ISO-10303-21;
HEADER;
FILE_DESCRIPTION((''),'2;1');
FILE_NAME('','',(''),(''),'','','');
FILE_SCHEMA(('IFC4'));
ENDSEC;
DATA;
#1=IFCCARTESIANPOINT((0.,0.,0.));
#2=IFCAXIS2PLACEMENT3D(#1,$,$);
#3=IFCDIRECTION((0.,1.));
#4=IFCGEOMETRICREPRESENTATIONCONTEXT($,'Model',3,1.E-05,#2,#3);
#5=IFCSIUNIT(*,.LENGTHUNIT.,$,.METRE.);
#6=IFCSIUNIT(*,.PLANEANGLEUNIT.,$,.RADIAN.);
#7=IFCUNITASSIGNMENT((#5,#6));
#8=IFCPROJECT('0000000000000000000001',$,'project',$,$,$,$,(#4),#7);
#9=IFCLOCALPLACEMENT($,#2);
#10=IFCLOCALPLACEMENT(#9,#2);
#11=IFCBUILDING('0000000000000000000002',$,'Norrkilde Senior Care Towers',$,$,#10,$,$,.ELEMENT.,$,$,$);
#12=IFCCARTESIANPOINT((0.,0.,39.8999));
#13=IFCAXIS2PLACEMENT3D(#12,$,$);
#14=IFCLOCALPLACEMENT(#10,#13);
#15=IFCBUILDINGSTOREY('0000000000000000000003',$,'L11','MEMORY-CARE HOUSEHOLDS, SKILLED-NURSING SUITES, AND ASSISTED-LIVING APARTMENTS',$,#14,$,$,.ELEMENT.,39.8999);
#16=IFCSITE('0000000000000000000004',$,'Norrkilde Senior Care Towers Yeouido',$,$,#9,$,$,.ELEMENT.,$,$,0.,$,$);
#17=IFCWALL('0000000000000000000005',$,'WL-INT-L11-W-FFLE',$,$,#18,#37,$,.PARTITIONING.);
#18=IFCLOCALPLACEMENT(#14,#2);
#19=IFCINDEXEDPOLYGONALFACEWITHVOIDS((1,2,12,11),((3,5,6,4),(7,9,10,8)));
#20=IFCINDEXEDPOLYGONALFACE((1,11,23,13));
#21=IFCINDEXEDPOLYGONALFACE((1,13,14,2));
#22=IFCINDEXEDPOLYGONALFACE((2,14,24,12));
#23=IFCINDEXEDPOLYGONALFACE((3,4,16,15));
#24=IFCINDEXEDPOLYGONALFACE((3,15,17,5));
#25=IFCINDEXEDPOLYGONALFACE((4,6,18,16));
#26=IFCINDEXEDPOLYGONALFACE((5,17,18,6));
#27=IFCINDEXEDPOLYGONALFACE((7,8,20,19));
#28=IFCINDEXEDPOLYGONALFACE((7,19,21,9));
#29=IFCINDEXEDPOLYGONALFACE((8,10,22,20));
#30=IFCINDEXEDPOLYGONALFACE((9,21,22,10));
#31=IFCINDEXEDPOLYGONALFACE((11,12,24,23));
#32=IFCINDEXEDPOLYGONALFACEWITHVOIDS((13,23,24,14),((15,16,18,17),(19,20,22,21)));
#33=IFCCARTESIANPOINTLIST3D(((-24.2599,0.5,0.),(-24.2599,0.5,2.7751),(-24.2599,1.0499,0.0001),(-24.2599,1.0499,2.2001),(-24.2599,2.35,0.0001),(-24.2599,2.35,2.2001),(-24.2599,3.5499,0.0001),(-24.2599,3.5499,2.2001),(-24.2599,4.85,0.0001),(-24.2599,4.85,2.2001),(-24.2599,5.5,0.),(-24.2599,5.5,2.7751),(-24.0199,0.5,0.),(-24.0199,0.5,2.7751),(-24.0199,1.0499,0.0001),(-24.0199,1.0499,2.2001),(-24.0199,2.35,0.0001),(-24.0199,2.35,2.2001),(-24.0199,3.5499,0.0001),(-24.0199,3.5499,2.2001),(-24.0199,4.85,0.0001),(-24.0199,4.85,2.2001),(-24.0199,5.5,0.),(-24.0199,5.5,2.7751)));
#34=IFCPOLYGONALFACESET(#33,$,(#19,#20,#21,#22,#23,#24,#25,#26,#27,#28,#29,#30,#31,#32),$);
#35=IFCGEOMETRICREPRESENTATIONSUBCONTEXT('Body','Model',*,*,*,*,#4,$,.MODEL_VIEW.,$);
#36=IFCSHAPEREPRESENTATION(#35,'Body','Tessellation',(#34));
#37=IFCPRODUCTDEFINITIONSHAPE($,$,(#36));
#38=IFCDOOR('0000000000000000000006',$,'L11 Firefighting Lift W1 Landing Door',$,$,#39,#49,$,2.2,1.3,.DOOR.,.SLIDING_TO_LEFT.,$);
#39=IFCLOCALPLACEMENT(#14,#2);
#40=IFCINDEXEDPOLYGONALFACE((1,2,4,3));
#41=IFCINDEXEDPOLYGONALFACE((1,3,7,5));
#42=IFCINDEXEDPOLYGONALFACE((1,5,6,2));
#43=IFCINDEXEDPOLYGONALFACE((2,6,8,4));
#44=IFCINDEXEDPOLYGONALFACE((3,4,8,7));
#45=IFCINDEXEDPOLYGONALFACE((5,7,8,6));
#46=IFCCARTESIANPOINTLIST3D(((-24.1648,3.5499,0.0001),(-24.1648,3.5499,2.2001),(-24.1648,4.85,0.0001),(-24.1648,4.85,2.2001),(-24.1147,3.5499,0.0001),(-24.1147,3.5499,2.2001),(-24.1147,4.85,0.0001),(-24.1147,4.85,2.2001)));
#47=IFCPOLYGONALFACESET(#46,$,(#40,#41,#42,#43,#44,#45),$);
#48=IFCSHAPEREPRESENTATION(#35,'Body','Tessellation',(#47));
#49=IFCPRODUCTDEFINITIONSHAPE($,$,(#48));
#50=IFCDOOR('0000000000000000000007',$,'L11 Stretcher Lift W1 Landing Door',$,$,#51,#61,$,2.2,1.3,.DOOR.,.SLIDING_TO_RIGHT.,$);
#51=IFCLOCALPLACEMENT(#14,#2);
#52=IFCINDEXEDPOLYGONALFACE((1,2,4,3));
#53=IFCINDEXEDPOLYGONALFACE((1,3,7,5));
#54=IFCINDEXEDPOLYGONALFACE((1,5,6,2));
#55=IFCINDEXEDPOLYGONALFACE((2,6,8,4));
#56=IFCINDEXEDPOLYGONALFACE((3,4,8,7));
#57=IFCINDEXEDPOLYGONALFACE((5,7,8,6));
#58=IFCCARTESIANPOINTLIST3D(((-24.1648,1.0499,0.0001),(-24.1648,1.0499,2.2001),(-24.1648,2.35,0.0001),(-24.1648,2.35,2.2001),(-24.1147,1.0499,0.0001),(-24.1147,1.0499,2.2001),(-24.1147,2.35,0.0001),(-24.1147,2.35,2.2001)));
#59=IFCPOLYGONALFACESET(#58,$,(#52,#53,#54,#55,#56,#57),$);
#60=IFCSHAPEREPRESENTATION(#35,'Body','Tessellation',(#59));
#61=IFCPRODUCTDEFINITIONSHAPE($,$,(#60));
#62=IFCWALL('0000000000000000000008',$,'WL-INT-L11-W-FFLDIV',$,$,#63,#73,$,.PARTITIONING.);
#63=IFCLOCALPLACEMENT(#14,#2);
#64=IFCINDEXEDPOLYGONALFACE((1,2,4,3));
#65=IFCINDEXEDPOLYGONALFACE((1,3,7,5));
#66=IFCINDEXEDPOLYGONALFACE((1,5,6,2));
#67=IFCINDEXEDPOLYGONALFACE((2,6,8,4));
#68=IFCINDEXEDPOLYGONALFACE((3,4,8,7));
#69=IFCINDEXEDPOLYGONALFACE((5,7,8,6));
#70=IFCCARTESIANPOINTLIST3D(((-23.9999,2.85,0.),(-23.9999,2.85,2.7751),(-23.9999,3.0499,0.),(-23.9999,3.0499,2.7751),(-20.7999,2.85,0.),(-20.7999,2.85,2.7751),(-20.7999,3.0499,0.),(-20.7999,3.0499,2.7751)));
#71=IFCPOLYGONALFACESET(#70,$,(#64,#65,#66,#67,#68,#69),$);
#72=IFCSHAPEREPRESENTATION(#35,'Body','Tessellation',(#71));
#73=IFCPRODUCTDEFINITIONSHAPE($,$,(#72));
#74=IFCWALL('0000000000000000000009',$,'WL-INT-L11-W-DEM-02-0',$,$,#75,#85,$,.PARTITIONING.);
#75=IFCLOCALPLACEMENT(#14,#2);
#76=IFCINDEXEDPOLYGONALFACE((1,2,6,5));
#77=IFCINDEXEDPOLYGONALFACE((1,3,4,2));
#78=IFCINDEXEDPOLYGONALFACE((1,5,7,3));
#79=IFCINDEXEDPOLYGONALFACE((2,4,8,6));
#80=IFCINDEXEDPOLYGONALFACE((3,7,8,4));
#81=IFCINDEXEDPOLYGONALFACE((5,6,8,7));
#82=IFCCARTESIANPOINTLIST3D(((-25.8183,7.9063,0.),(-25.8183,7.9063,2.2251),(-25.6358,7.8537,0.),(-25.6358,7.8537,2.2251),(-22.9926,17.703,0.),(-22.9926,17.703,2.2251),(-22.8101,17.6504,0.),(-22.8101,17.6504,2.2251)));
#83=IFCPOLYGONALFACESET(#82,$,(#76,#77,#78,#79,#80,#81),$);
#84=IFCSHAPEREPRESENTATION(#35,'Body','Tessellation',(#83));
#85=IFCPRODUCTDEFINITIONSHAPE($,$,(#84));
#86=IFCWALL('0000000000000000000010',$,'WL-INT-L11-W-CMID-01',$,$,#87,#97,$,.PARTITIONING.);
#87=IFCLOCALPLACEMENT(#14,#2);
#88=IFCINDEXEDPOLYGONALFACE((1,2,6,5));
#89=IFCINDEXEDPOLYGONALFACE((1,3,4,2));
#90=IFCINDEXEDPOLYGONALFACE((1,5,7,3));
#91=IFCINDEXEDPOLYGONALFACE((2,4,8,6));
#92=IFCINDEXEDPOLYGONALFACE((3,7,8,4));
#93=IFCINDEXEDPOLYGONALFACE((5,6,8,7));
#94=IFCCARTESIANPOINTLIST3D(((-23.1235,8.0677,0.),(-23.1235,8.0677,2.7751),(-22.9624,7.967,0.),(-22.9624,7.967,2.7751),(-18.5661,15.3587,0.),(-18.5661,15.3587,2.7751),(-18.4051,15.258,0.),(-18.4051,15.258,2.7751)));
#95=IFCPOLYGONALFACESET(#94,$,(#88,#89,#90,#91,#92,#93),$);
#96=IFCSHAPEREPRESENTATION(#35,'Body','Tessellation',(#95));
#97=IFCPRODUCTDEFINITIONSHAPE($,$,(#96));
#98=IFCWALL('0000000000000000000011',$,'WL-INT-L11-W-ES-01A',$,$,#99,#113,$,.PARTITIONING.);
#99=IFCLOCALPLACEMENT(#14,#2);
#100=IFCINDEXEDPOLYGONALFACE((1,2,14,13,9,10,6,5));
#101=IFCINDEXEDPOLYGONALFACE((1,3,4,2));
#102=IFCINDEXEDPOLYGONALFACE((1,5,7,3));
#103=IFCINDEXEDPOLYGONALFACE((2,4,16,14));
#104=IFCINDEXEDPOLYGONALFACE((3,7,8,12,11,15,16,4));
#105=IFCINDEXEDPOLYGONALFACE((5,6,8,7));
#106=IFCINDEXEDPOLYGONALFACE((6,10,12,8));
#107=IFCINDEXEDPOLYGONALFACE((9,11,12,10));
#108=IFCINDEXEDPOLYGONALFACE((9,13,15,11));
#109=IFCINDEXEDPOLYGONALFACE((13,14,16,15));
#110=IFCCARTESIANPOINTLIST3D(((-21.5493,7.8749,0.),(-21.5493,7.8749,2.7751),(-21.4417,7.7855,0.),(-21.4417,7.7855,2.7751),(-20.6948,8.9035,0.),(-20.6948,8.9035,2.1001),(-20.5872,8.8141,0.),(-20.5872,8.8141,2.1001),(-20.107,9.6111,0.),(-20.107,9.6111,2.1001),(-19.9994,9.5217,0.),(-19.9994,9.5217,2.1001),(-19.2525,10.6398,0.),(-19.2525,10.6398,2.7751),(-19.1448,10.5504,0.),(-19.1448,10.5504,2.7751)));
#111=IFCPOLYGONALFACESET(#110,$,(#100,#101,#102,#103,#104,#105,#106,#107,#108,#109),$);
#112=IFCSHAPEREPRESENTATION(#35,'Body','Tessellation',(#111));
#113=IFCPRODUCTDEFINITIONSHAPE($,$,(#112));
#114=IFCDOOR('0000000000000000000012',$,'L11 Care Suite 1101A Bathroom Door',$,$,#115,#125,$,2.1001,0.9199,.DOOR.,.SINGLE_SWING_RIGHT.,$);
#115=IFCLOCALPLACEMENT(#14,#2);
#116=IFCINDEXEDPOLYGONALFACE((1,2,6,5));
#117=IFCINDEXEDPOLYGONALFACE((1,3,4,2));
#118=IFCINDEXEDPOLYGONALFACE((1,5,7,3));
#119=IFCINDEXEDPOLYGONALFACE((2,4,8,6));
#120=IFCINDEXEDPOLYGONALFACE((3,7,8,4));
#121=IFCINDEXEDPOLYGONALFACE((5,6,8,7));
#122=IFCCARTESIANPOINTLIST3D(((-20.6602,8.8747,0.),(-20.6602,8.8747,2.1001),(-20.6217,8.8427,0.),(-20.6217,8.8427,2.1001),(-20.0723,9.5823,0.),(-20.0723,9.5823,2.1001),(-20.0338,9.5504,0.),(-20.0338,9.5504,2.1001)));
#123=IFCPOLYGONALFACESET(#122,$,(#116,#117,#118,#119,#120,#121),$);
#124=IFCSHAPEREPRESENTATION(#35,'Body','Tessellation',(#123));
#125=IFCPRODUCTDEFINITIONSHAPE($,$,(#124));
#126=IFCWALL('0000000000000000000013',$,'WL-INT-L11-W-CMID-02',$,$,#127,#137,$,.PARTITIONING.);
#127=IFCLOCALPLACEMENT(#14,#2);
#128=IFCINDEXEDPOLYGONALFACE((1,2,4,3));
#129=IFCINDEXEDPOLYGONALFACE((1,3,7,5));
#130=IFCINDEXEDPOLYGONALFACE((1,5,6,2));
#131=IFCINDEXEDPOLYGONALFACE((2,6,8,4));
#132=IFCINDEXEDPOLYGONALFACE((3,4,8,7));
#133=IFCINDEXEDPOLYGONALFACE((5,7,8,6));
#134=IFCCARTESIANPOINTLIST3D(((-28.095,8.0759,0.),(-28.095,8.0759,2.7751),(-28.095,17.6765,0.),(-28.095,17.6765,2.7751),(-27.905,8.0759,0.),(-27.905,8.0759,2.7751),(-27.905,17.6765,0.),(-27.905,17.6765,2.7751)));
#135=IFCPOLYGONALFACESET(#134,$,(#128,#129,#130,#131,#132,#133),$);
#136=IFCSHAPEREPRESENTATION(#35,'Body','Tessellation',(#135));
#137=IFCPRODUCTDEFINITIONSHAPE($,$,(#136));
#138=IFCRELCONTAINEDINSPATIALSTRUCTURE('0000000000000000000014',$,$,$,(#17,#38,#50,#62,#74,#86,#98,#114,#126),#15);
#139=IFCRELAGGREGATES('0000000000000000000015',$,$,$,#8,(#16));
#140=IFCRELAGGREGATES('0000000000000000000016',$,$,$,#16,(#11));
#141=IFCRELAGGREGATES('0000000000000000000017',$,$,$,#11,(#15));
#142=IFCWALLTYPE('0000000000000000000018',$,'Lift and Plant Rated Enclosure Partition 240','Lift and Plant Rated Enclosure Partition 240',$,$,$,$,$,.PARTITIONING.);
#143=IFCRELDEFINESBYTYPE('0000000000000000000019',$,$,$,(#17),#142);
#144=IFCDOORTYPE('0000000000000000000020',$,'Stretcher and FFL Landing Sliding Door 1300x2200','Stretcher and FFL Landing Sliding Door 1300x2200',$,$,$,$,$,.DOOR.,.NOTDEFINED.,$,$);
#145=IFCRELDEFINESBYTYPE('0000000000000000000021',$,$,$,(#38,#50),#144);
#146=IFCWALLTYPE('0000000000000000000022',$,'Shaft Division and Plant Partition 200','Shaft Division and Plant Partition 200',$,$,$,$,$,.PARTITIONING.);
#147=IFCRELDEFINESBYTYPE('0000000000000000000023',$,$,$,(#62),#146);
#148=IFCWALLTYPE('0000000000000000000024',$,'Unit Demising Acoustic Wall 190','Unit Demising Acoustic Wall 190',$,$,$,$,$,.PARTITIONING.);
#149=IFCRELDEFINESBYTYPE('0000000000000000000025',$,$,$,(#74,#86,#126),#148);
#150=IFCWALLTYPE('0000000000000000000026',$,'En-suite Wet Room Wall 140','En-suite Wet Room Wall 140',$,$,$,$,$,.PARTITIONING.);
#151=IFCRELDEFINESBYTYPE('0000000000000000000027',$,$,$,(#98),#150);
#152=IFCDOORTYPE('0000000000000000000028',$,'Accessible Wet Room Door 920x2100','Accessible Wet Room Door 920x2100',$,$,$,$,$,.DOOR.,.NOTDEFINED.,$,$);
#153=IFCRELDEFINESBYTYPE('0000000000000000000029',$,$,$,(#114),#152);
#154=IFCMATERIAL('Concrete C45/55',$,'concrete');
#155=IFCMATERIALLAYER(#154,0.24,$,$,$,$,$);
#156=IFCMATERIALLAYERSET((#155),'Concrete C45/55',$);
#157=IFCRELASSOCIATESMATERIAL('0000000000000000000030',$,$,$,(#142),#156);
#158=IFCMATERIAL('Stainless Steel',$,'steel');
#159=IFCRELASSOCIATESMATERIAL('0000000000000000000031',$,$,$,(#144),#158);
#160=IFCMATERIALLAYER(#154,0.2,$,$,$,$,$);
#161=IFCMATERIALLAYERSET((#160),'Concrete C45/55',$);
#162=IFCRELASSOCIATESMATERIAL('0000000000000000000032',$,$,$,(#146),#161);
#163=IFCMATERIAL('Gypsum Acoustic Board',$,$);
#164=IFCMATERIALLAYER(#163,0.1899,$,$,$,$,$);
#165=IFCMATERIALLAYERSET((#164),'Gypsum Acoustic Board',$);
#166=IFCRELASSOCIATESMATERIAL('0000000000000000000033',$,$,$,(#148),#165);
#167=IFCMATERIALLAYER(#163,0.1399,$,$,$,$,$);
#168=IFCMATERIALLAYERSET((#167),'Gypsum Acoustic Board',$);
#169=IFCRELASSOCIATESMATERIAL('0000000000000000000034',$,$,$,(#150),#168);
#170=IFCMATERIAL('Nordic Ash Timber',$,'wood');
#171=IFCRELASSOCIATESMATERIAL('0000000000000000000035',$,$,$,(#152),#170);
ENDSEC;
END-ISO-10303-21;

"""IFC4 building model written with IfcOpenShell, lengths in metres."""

from ifc_helpers import new_model, si_unit, direction, frame, frame_2d, origin, place, context, subcontext, project, spatial, rectangle, extrude, source, transform, mapped, material, layer, layer_set, type_object, type_shapes, element, fill, save


model = new_model("IFC4")

# Units and contexts
model_context = context("Model", 3, precision=1e-05, world=origin(), true_north=direction((0.0, 1.0)))
body_context = subcontext(model_context, "Body", "Model", "MODEL_VIEW")
ifc_project = project(units=[si_unit("LENGTHUNIT", "METRE"), si_unit("PLANEANGLEUNIT", "RADIAN")], contexts=[model_context])

# Site, building, storey
site_placement = place(None, origin())
site = spatial("IfcSite", under=ifc_project, at=site_placement, Name="Norrkilde Senior Care Towers Yeouido", CompositionType="ELEMENT", RefElevation=0.0)
building_placement = place(site_placement, origin())
building = spatial("IfcBuilding", under=site, at=building_placement, Name="Norrkilde Senior Care Towers", CompositionType="ELEMENT")
storey_placement = place(building_placement, frame((0.0, 0.0, 39.8999)))
storey = spatial("IfcBuildingStorey", under=building, at=storey_placement, Name="L11", Description="MEMORY-CARE HOUSEHOLDS, SKILLED-NURSING SUITES, AND ASSISTED-LIVING APARTMENTS", CompositionType="ELEMENT", Elevation=39.8999)

# Shared definitions
ifc_material_1 = material(Name="Concrete C45/55", Category="concrete")

# Wall, openings, doors
ifc_layer_1 = layer(ifc_material_1, 0.24)
ifc_layer_set_1 = layer_set([ifc_layer_1], Name="Concrete C45/55")
wall_type_1 = type_object("IfcWallType", Name="Lift and Plant Rated Enclosure Partition 240", Description="Lift and Plant Rated Enclosure Partition 240", PredefinedType="PARTITIONING", material=ifc_layer_set_1)
shared_shape_1 = source(origin(), body_context, "Body", "SweptSolid", [
    extrude(rectangle(XDim=5.0, YDim=0.24, at=frame_2d((2.5, 0.0))), origin(), (0.0, 0.0, 1.0), 2.7751),
])
type_shapes(wall_type_1, [shared_shape_1])
wall_1_placement = place(storey_placement, frame((-24.1399, 0.5, 0.0), z_axis=(0.0, 0.0, 1.0), x_axis=(0.0, 1.0, 0.0)))
wall_1 = element("IfcWall", 1, at=wall_1_placement, inside=storey, type_object=wall_type_1, Name="WL-INT-L11-W-FFLE", PredefinedType="PARTITIONING", context=body_context, shape_type="MappedRepresentation", body=[
    mapped(shared_shape_1, transform((0.0, 0.0, 0.0), x_axis=(1.0, 0.0, 0.0), y_axis=(0.0, 1.0, 0.0), z_axis=(0.0, 0.0, 1.0), scale=1.0)),
])
opening_1_placement = place(wall_1_placement, frame((3.05, 0.0, 0.0)))
opening_1 = element("IfcOpeningElement", 2, at=opening_1_placement, cuts=wall_1, PredefinedType="OPENING", context=body_context, shape_type="SweptSolid", body=[
    extrude(rectangle(XDim=1.3, YDim=2.2, at=frame_2d((0.6499, 1.1001))), frame((0.0, 0.1299, 0.0), z_axis=(0.0, -1.0, 0.0), x_axis=(1.0, 0.0, 0.0)), (0.0, 0.0, 1.0), 0.26),
])
opening_2_placement = place(wall_1_placement, frame((0.55, 0.0, 0.0)))
opening_2 = element("IfcOpeningElement", 3, at=opening_2_placement, cuts=wall_1, PredefinedType="OPENING", context=body_context, shape_type="SweptSolid", body=[
    extrude(rectangle(XDim=1.3, YDim=2.2, at=frame_2d((0.6499, 1.1001))), frame((0.0, 0.1299, 0.0), z_axis=(0.0, -1.0, 0.0), x_axis=(1.0, 0.0, 0.0)), (0.0, 0.0, 1.0), 0.26),
])
ifc_material_2 = material(Name="Stainless Steel", Category="steel")
door_type_1 = type_object("IfcDoorType", Name="Stretcher and FFL Landing Sliding Door 1300x2200", Description="Stretcher and FFL Landing Sliding Door 1300x2200", OperationType="NOTDEFINED", PredefinedType="DOOR", material=ifc_material_2)
shared_shape_2 = source(origin(), body_context, "Body", "SweptSolid", [
    extrude(rectangle(XDim=1.3, YDim=2.2, at=frame_2d((0.6499, 1.1001))), frame((0.0, 0.0249, 0.0), z_axis=(0.0, -1.0, 0.0), x_axis=(1.0, 0.0, 0.0)), (0.0, 0.0, 1.0), 0.05),
])
type_shapes(door_type_1, [shared_shape_2])
door_1_placement = place(opening_1_placement, origin())
door_1 = element("IfcDoor", 4, at=door_1_placement, inside=storey, type_object=door_type_1, Name="L11 Firefighting Lift W1 Landing Door", OperationType="SLIDING_TO_LEFT", OverallHeight=2.2, OverallWidth=1.3, PredefinedType="DOOR", context=body_context, shape_type="MappedRepresentation", body=[
    mapped(shared_shape_2, transform((0.0, 0.0, 0.0), x_axis=(1.0, 0.0, 0.0), y_axis=(0.0, 1.0, 0.0), z_axis=(0.0, 0.0, 1.0), scale=1.0)),
])
fill(opening_1, door_1)
door_2_placement = place(opening_2_placement, origin())
door_2 = element("IfcDoor", 5, at=door_2_placement, inside=storey, type_object=door_type_1, Name="L11 Stretcher Lift W1 Landing Door", OperationType="SLIDING_TO_RIGHT", OverallHeight=2.2, OverallWidth=1.3, PredefinedType="DOOR", context=body_context, shape_type="MappedRepresentation", body=[
    mapped(shared_shape_2, transform((0.0, 0.0, 0.0), x_axis=(1.0, 0.0, 0.0), y_axis=(0.0, 1.0, 0.0), z_axis=(0.0, 0.0, 1.0), scale=1.0)),
])
fill(opening_2, door_2)

# Wall
ifc_layer_2 = layer(ifc_material_1, 0.2)
ifc_layer_set_2 = layer_set([ifc_layer_2], Name="Concrete C45/55")
wall_type_2 = type_object("IfcWallType", Name="Shaft Division and Plant Partition 200", Description="Shaft Division and Plant Partition 200", PredefinedType="PARTITIONING", material=ifc_layer_set_2)
shared_shape_3 = source(origin(), body_context, "Body", "SweptSolid", [
    extrude(rectangle(XDim=3.2, YDim=0.2, at=frame_2d((1.6001, 0.0))), origin(), (0.0, 0.0, 1.0), 2.7751),
])
type_shapes(wall_type_2, [shared_shape_3])
wall_2_placement = place(storey_placement, frame((-24.0, 2.95, 0.0), z_axis=(0.0, 0.0, 1.0), x_axis=(1.0, 0.0, 0.0)))
element("IfcWall", 6, at=wall_2_placement, inside=storey, type_object=wall_type_2, Name="WL-INT-L11-W-FFLDIV", PredefinedType="PARTITIONING", context=body_context, shape_type="MappedRepresentation", body=[
    mapped(shared_shape_3, transform((0.0, 0.0, 0.0), x_axis=(1.0, 0.0, 0.0), y_axis=(0.0, 1.0, 0.0), z_axis=(0.0, 0.0, 1.0), scale=1.0)),
])

# Walls
ifc_material_3 = material(Name="Gypsum Acoustic Board")
ifc_layer_3 = layer(ifc_material_3, 0.1899)
ifc_layer_set_3 = layer_set([ifc_layer_3], Name="Gypsum Acoustic Board")
wall_type_3 = type_object("IfcWallType", Name="Unit Demising Acoustic Wall 190", Description="Unit Demising Acoustic Wall 190", PredefinedType="PARTITIONING", material=ifc_layer_set_3)
shared_shape_4 = source(origin(), body_context, "Body", "SweptSolid", [
    extrude(rectangle(XDim=10.196, YDim=0.1899, at=frame_2d((5.0981, 0.0))), origin(), (0.0, 0.0, 1.0), 2.2251),
])
wall_3_placement = place(storey_placement, frame((-25.7271, 7.8799, 0.0), z_axis=(0.0, 0.0, 1.0), x_axis=(0.277136, 0.960831, 0.0)))
element("IfcWall", 7, at=wall_3_placement, inside=storey, type_object=wall_type_3, Name="WL-INT-L11-W-DEM-02-0", PredefinedType="PARTITIONING", context=body_context, shape_type="MappedRepresentation", body=[
    mapped(shared_shape_4, transform((0.0, 0.0, 0.0), x_axis=(1.0, 0.0, 0.0), y_axis=(0.0, 1.0, 0.0), z_axis=(0.0, 0.0, 1.0), scale=1.0)),
])
shared_shape_5 = source(origin(), body_context, "Body", "SweptSolid", [
    extrude(rectangle(XDim=8.5981, YDim=0.1899, at=frame_2d((4.2991, 0.0))), origin(), (0.0, 0.0, 1.0), 2.7751),
])
wall_4_placement = place(storey_placement, frame((-23.043, 8.0173, 0.0), z_axis=(0.0, 0.0, 1.0), x_axis=(0.53004, 0.847973, 0.0)))
element("IfcWall", 8, at=wall_4_placement, inside=storey, type_object=wall_type_3, Name="WL-INT-L11-W-CMID-01", PredefinedType="PARTITIONING", context=body_context, shape_type="MappedRepresentation", body=[
    mapped(shared_shape_5, transform((0.0, 0.0, 0.0), x_axis=(1.0, 0.0, 0.0), y_axis=(0.0, 1.0, 0.0), z_axis=(0.0, 0.0, 1.0), scale=1.0)),
])

# Wall, opening, door
ifc_layer_4 = layer(ifc_material_3, 0.1399)
ifc_layer_set_4 = layer_set([ifc_layer_4], Name="Gypsum Acoustic Board")
wall_type_4 = type_object("IfcWallType", Name="En-suite Wet Room Wall 140", Description="En-suite Wet Room Wall 140", PredefinedType="PARTITIONING", material=ifc_layer_set_4)
shared_shape_6 = source(origin(), body_context, "Body", "SweptSolid", [
    extrude(rectangle(XDim=3.5945, YDim=0.1399, at=frame_2d((1.7974, 0.0))), origin(), (0.0, 0.0, 1.0), 2.7751),
])
wall_5_placement = place(storey_placement, frame((-21.4956, 7.8301, 0.0), z_axis=(0.0, 0.0, 1.0), x_axis=(0.639001, 0.769206, 0.0)))
wall_5 = element("IfcWall", 9, at=wall_5_placement, inside=storey, type_object=wall_type_4, Name="WL-INT-L11-W-ES-01A", PredefinedType="PARTITIONING", context=body_context, shape_type="MappedRepresentation", body=[
    mapped(shared_shape_6, transform((0.0, 0.0, 0.0), x_axis=(1.0, 0.0, 0.0), y_axis=(0.0, 1.0, 0.0), z_axis=(0.0, 0.0, 1.0), scale=1.0)),
])
opening_3_placement = place(wall_5_placement, frame((1.3374, 0.0, 0.0)))
opening_3 = element("IfcOpeningElement", 10, at=opening_3_placement, cuts=wall_5, PredefinedType="OPENING", context=body_context, shape_type="SweptSolid", body=[
    extrude(rectangle(XDim=0.9199, YDim=2.1001, at=frame_2d((0.46, 1.05))), frame((0.0, 0.0798, 0.0), z_axis=(0.0, -1.0, 0.0), x_axis=(1.0, 0.0, 0.0)), (0.0, 0.0, 1.0), 0.1599),
])
ifc_material_4 = material(Name="Nordic Ash Timber", Category="wood")
door_type_2 = type_object("IfcDoorType", Name="Accessible Wet Room Door 920x2100", Description="Accessible Wet Room Door 920x2100", OperationType="NOTDEFINED", PredefinedType="DOOR", material=ifc_material_4)
shared_shape_7 = source(origin(), body_context, "Body", "SweptSolid", [
    extrude(rectangle(XDim=0.9199, YDim=2.1001, at=frame_2d((0.46, 1.05))), frame((0.0, 0.0249, 0.0), z_axis=(0.0, -1.0, 0.0), x_axis=(1.0, 0.0, 0.0)), (0.0, 0.0, 1.0), 0.05),
])
type_shapes(door_type_2, [shared_shape_7])
door_3_placement = place(opening_3_placement, origin())
door_3 = element("IfcDoor", 11, at=door_3_placement, inside=storey, type_object=door_type_2, Name="L11 Care Suite 1101A Bathroom Door", OperationType="SINGLE_SWING_RIGHT", OverallHeight=2.1001, OverallWidth=0.9199, PredefinedType="DOOR", context=body_context, shape_type="MappedRepresentation", body=[
    mapped(shared_shape_7, transform((0.0, 0.0, 0.0), x_axis=(1.0, 0.0, 0.0), y_axis=(0.0, 1.0, 0.0), z_axis=(0.0, 0.0, 1.0), scale=1.0)),
])
fill(opening_3, door_3)

# Wall
shared_shape_8 = source(origin(), body_context, "Body", "SweptSolid", [
    extrude(rectangle(XDim=9.6006, YDim=0.1899, at=frame_2d((4.8003, 0.0))), origin(), (0.0, 0.0, 1.0), 2.7751),
])
type_shapes(wall_type_3, [shared_shape_4, shared_shape_5, shared_shape_8])
wall_6_placement = place(storey_placement, frame((-28.0, 8.0759, 0.0), z_axis=(0.0, 0.0, 1.0), x_axis=(0.0, 1.0, 0.0)))
element("IfcWall", 12, at=wall_6_placement, inside=storey, type_object=wall_type_3, Name="WL-INT-L11-W-CMID-02", PredefinedType="PARTITIONING", context=body_context, shape_type="MappedRepresentation", body=[
    mapped(shared_shape_8, transform((0.0, 0.0, 0.0), x_axis=(1.0, 0.0, 0.0), y_axis=(0.0, 1.0, 0.0), z_axis=(0.0, 0.0, 1.0), scale=1.0)),
])

save(model, "model.ifc")
